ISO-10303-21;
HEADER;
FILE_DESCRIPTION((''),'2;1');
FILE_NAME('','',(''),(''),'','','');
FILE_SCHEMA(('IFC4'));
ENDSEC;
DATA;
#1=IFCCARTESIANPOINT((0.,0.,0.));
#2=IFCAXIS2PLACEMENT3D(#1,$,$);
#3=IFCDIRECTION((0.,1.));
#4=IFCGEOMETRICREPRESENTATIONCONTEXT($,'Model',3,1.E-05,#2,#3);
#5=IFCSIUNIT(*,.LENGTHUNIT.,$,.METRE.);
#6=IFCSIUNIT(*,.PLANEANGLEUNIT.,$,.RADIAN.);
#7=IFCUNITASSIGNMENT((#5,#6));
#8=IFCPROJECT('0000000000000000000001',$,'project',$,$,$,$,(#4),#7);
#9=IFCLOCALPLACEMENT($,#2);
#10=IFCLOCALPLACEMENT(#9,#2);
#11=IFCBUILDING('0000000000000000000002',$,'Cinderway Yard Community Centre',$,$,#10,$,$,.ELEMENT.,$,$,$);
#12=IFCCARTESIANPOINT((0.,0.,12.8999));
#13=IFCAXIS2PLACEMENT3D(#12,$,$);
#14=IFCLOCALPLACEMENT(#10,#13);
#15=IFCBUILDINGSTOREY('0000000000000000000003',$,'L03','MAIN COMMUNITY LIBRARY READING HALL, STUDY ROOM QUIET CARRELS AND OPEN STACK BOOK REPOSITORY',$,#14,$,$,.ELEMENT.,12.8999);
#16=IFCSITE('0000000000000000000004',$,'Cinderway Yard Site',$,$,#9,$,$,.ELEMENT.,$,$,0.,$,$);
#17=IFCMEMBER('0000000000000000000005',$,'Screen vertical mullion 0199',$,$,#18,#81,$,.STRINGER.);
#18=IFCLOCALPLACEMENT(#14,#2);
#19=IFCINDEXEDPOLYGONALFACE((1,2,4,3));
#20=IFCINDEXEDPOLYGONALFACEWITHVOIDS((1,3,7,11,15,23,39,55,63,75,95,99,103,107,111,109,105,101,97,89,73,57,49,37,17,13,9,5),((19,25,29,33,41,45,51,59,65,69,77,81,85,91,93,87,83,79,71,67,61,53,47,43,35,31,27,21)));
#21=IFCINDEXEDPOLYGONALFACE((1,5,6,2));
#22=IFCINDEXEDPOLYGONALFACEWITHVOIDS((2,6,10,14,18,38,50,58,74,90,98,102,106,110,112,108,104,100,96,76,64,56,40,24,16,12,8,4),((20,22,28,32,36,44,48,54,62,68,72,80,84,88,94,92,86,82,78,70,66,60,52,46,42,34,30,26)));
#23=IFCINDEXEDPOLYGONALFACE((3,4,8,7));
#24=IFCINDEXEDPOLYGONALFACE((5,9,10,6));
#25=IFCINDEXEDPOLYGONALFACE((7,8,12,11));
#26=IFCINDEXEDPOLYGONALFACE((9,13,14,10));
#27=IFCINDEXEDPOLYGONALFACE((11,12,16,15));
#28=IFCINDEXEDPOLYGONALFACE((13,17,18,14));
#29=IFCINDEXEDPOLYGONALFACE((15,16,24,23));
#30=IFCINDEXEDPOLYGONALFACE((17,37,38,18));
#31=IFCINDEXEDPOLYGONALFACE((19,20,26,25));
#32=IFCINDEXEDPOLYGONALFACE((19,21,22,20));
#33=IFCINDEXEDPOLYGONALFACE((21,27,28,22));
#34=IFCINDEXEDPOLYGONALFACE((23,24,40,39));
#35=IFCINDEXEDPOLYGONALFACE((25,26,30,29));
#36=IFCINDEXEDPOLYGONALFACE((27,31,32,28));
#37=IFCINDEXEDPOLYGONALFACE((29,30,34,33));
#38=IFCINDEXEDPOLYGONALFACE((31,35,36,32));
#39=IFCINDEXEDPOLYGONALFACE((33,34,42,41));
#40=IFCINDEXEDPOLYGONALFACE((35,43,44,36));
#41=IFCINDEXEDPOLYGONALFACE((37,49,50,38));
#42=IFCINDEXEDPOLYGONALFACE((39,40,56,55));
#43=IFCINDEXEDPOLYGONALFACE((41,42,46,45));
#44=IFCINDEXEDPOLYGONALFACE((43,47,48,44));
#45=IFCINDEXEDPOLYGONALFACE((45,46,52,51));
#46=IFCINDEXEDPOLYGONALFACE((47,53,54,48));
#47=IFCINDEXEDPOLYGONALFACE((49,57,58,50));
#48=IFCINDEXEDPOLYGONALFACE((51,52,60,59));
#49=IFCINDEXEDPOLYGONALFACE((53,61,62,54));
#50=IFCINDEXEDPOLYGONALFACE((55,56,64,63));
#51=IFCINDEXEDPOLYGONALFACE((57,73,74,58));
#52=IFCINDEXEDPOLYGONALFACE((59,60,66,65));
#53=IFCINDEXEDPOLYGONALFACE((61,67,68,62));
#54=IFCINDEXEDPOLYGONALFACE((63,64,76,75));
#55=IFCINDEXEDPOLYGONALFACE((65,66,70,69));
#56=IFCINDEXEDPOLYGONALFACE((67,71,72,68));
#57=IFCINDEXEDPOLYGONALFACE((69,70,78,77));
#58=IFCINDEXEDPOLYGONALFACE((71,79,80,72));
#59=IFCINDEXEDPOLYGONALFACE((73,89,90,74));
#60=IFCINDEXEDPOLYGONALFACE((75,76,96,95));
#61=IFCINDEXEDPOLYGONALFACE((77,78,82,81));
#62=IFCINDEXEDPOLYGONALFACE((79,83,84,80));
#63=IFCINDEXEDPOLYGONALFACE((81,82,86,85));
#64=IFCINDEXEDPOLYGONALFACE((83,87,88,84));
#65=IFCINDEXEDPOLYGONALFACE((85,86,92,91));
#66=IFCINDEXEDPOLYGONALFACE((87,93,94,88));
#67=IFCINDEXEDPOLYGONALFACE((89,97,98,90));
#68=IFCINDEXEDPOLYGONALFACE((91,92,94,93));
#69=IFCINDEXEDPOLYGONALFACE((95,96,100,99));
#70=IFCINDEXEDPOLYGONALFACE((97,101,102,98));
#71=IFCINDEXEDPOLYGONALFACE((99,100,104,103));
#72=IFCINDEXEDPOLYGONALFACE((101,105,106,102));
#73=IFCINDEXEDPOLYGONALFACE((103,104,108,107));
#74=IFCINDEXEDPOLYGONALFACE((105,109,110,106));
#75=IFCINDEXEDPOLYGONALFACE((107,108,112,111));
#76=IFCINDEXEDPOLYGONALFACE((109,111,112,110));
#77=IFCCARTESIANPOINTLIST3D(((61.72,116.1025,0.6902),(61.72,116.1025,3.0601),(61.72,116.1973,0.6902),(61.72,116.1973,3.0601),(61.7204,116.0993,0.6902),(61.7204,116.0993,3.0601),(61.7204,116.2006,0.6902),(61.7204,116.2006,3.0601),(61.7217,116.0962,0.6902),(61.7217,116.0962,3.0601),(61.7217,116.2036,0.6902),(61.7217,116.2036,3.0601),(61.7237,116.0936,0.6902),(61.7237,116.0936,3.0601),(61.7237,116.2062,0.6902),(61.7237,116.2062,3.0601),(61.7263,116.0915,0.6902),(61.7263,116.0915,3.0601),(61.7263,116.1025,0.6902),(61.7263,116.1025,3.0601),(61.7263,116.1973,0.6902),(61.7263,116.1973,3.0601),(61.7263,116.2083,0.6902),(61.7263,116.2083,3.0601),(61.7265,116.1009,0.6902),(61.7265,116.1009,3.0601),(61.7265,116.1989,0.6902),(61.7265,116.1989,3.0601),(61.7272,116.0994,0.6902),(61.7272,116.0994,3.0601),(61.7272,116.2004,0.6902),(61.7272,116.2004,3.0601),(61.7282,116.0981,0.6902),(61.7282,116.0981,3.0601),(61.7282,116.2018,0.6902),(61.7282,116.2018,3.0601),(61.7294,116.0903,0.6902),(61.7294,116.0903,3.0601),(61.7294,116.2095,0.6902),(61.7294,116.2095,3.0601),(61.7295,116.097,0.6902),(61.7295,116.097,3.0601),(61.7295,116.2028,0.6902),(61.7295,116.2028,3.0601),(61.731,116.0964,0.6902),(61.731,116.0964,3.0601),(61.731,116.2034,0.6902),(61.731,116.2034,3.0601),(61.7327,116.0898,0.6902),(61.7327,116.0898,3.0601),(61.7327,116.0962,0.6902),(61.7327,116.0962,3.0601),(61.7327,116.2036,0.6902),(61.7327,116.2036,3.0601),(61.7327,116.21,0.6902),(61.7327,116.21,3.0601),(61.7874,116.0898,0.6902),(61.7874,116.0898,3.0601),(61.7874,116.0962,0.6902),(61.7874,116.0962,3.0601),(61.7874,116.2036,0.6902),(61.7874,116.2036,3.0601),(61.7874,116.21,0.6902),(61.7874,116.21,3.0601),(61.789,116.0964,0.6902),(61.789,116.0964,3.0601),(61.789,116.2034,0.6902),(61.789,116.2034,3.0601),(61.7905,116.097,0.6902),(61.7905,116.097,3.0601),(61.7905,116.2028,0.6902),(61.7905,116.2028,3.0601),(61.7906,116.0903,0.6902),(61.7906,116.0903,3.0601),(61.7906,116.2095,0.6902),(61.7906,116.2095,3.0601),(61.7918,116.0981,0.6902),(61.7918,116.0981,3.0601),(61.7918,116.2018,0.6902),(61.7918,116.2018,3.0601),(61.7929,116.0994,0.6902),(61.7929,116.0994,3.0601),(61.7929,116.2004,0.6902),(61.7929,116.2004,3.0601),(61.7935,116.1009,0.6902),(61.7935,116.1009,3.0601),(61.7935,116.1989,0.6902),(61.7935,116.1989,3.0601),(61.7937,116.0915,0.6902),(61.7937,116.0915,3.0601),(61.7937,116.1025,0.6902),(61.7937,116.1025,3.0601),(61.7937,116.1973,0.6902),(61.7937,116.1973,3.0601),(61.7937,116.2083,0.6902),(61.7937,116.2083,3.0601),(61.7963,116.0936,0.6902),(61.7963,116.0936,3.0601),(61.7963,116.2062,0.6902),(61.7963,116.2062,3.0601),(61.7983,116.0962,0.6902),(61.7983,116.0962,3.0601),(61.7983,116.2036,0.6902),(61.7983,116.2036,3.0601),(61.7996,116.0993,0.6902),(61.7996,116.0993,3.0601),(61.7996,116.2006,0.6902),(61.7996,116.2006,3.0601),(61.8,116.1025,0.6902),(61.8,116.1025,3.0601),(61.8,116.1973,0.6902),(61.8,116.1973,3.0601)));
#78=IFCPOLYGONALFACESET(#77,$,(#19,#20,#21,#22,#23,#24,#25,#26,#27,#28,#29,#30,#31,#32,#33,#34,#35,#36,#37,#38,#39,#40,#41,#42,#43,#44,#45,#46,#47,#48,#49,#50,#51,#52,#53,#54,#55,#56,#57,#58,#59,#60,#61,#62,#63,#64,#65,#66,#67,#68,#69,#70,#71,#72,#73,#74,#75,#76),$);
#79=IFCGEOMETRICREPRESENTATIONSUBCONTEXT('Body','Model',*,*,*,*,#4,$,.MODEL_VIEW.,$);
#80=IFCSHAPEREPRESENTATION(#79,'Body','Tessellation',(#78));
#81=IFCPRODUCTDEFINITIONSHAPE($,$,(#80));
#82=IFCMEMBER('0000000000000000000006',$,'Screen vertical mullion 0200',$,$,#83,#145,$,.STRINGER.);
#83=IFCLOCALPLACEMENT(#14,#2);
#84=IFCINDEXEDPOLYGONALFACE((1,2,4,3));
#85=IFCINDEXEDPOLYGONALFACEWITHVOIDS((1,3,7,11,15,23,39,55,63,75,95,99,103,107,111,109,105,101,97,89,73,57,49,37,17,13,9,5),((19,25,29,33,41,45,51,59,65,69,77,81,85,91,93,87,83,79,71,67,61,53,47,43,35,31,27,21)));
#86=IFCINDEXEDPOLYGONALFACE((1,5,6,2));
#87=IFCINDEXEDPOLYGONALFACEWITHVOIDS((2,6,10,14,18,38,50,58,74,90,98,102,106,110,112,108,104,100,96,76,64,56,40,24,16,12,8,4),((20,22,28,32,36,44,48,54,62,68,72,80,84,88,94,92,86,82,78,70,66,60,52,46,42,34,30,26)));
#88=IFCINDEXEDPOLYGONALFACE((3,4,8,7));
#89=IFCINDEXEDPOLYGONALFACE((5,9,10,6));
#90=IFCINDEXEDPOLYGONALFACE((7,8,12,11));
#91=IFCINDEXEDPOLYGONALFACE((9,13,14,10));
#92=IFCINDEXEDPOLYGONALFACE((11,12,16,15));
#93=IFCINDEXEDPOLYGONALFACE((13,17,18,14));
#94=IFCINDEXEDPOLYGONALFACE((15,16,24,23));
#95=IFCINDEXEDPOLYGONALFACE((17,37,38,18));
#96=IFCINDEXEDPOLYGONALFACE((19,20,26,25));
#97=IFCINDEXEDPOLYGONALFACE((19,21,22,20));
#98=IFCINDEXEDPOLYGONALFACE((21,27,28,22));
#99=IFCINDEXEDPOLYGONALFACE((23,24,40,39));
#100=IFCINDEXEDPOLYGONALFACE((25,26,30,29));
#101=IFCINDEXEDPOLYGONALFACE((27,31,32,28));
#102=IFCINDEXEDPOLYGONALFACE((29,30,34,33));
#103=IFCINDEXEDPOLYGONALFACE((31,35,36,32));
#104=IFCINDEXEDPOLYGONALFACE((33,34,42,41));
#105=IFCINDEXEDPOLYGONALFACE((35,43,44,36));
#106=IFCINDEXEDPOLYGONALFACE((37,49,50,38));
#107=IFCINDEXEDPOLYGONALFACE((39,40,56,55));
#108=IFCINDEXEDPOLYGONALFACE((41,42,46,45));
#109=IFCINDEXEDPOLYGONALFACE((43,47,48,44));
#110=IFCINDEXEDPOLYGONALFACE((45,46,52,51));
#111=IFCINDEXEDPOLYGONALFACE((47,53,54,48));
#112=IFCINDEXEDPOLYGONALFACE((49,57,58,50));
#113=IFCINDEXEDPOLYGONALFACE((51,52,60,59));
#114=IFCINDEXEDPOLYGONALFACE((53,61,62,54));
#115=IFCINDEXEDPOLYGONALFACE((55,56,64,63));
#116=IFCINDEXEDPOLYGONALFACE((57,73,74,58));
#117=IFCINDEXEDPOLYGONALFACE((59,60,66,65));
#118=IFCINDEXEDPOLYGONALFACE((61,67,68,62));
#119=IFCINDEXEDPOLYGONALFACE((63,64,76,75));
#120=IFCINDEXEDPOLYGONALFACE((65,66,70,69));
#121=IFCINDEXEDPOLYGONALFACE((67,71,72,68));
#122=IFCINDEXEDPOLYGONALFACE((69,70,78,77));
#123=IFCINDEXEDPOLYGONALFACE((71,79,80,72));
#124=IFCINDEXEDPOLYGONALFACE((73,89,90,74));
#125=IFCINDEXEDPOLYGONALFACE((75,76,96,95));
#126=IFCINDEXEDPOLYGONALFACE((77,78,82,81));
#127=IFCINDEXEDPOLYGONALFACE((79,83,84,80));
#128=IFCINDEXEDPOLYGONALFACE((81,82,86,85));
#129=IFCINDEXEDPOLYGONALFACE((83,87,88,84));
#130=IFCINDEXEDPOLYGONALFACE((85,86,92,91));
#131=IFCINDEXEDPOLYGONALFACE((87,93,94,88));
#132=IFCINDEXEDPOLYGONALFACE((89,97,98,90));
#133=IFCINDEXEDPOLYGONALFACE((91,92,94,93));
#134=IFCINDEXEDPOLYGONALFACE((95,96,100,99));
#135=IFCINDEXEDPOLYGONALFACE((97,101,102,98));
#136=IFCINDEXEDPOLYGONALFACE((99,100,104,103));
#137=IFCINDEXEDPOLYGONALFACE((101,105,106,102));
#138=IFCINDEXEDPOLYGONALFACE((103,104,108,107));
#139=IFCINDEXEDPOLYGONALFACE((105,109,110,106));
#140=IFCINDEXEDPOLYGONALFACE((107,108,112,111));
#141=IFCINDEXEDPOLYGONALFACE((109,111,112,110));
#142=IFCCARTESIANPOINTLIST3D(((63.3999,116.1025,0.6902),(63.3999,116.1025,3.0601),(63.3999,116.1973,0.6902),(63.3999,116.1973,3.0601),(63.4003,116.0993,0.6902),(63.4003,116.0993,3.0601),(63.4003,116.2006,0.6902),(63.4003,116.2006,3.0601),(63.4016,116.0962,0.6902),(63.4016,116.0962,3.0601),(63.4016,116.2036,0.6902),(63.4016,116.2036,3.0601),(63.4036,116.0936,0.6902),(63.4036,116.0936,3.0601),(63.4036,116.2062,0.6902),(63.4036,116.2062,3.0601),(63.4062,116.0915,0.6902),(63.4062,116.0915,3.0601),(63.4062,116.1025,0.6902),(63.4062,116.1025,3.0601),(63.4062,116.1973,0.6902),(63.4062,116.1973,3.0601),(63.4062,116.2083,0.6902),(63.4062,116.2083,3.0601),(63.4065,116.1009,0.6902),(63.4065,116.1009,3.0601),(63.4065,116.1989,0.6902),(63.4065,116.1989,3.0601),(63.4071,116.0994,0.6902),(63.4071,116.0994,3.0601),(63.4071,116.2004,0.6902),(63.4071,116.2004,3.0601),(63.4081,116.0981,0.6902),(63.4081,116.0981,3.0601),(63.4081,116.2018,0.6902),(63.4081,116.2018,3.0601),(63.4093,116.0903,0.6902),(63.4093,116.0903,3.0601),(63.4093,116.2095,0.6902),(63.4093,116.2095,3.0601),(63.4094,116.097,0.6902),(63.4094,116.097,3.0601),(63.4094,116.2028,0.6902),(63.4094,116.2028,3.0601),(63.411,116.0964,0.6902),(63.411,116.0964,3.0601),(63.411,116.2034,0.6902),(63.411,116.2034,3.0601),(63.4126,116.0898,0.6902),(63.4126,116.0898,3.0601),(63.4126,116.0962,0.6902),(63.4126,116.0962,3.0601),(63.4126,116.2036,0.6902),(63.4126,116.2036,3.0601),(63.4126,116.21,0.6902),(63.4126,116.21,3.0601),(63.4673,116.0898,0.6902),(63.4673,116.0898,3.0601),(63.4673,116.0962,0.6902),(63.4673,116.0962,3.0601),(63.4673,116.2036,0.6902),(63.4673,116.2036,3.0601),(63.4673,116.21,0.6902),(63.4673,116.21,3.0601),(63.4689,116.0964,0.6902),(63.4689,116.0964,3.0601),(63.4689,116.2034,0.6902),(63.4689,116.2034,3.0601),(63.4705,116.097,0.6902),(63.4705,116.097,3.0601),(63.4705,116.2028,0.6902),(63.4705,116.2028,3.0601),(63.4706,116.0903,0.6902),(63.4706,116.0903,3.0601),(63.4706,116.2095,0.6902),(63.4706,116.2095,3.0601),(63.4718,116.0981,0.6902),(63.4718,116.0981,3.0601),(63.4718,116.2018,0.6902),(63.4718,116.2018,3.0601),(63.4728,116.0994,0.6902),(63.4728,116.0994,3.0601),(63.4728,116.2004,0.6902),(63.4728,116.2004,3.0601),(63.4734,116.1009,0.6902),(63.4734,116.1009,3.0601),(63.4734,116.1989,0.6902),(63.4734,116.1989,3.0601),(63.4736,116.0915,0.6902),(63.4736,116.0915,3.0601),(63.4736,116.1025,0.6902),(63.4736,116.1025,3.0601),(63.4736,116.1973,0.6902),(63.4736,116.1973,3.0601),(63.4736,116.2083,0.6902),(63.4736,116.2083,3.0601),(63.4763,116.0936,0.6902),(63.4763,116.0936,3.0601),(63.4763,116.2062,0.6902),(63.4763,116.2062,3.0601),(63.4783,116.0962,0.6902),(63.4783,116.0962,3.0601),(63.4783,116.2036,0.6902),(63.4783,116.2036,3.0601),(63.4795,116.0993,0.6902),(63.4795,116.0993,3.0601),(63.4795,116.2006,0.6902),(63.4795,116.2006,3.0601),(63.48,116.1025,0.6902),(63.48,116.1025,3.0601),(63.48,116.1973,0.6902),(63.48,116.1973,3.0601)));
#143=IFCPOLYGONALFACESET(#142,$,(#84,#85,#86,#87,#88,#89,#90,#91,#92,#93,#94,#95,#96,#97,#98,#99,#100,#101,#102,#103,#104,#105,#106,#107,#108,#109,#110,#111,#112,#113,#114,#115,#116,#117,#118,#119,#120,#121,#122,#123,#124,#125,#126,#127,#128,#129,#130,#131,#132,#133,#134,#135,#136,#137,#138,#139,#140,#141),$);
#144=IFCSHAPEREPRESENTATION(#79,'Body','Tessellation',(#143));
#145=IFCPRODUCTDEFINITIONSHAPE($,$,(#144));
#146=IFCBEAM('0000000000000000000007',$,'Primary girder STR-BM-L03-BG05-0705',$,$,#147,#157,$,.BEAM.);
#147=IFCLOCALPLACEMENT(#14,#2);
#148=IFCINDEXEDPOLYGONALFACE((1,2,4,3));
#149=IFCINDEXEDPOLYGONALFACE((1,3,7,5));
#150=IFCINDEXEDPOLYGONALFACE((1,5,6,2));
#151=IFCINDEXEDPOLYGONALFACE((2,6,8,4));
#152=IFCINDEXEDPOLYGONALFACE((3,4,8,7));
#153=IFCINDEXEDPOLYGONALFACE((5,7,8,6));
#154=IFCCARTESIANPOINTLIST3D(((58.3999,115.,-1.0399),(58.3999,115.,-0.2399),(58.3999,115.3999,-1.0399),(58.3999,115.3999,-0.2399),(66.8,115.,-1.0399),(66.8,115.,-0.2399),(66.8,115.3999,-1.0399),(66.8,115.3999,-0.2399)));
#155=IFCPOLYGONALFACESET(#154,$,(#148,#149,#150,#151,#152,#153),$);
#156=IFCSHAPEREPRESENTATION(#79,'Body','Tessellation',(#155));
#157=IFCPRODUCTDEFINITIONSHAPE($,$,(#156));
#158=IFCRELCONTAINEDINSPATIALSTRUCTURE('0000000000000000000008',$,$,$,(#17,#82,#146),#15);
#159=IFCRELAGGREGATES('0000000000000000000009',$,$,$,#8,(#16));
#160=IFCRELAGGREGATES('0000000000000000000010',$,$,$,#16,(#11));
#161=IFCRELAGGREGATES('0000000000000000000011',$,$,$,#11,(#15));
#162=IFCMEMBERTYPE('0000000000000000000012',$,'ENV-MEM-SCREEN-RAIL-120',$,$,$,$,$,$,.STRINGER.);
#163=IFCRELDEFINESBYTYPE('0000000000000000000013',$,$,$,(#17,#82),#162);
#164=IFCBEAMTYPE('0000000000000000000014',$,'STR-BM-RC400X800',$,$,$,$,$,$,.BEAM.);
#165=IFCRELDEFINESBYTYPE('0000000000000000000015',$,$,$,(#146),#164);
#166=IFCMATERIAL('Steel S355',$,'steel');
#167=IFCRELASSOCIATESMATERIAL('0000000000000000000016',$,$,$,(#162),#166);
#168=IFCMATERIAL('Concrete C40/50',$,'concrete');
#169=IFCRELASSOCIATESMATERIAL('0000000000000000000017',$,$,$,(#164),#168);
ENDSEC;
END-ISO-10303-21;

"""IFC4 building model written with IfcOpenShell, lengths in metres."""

from ifc_helpers import new_model, si_unit, direction, frame, origin, origin_2d, place, context, subcontext, project, spatial, rectangle, hollow_rectangle, extrude, material, material_profile, profile_set, type_object, element, save


model = new_model("IFC4")

# Units and contexts
model_context = context("Model", 3, precision=1e-05, world=origin(), true_north=direction((0.0, 1.0)))
body_context = subcontext(model_context, "Body", "Model", "MODEL_VIEW")
ifc_project = project(units=[si_unit("LENGTHUNIT", "METRE"), si_unit("PLANEANGLEUNIT", "RADIAN")], contexts=[model_context])

# Site, building, storey
site_placement = place(None, origin())
site = spatial("IfcSite", under=ifc_project, at=site_placement, Name="Cinderway Yard Site", CompositionType="ELEMENT", RefElevation=0.0)
building_placement = place(site_placement, origin())
building = spatial("IfcBuilding", under=site, at=building_placement, Name="Cinderway Yard Community Centre", CompositionType="ELEMENT")
storey_placement = place(building_placement, frame((0.0, 0.0, 12.8999)))
storey = spatial("IfcBuildingStorey", under=building, at=storey_placement, Name="L03", Description="MAIN COMMUNITY LIBRARY READING HALL, STUDY ROOM QUIET CARRELS AND OPEN STACK BOOK REPOSITORY", CompositionType="ELEMENT", Elevation=12.8999)

# Shared definitions
ifc_material_1 = material(Name="Concrete C40/50", Category="concrete")

# Members
ifc_material_2 = material(Name="Steel S355", Category="steel")
ifc_material_profile_1 = material_profile(ifc_material_2, hollow_rectangle(XDim=0.0801, YDim=0.1201, WallThickness=0.0063, InnerFilletRadius=0.0063, OuterFilletRadius=0.0127, at=origin_2d()), Name="Steel S355")
ifc_profile_set_1 = profile_set([ifc_material_profile_1], Name="Steel S355")
member_type_1 = type_object("IfcMemberType", Name="ENV-MEM-SCREEN-RAIL-120", PredefinedType="STRINGER", material=ifc_profile_set_1)
for number, where, z_axis, x_axis, name in (
    (1, (61.76, 116.1499, 0.6902), (0.0, 0.0, 1.0), (1.0, 0.0, 0.0), "Screen vertical mullion 0199"),
    (2, (63.4399, 116.1499, 0.6902), (0.0, 0.0, 1.0), (1.0, 0.0, 0.0), "Screen vertical mullion 0200"),
):
    element("IfcMember", number, at=place(storey_placement, frame(where, z_axis=z_axis, x_axis=x_axis)), inside=storey, type_object=member_type_1, Name=name, PredefinedType="STRINGER", context=body_context, shape_type="SweptSolid", body=[
        extrude(hollow_rectangle(XDim=0.0801, YDim=0.1201, WallThickness=0.0063, InnerFilletRadius=0.0063, OuterFilletRadius=0.0127, at=origin_2d()), origin(), (0.0, 0.0, 1.0), 2.3699),
    ])

# Beam
ifc_material_profile_2 = material_profile(ifc_material_1, rectangle(XDim=0.3999, YDim=0.8, at=origin_2d()), Name="Concrete C40/50")
ifc_profile_set_2 = profile_set([ifc_material_profile_2], Name="Concrete C40/50")
beam_type = type_object("IfcBeamType", Name="STR-BM-RC400X800", PredefinedType="BEAM", material=ifc_profile_set_2)
beam_placement = place(storey_placement, frame((58.3999, 115.2, -0.6399), z_axis=(1.0, 0.0, 0.0), x_axis=(0.0, 1.0, 0.0)))
element("IfcBeam", 3, at=beam_placement, inside=storey, type_object=beam_type, Name="Primary girder STR-BM-L03-BG05-0705", PredefinedType="BEAM", context=body_context, shape_type="SweptSolid", body=[
    extrude(rectangle(XDim=0.3999, YDim=0.8, at=origin_2d()), origin(), (0.0, 0.0, 1.0), 8.4001),
])

save(model, "model.ifc")
